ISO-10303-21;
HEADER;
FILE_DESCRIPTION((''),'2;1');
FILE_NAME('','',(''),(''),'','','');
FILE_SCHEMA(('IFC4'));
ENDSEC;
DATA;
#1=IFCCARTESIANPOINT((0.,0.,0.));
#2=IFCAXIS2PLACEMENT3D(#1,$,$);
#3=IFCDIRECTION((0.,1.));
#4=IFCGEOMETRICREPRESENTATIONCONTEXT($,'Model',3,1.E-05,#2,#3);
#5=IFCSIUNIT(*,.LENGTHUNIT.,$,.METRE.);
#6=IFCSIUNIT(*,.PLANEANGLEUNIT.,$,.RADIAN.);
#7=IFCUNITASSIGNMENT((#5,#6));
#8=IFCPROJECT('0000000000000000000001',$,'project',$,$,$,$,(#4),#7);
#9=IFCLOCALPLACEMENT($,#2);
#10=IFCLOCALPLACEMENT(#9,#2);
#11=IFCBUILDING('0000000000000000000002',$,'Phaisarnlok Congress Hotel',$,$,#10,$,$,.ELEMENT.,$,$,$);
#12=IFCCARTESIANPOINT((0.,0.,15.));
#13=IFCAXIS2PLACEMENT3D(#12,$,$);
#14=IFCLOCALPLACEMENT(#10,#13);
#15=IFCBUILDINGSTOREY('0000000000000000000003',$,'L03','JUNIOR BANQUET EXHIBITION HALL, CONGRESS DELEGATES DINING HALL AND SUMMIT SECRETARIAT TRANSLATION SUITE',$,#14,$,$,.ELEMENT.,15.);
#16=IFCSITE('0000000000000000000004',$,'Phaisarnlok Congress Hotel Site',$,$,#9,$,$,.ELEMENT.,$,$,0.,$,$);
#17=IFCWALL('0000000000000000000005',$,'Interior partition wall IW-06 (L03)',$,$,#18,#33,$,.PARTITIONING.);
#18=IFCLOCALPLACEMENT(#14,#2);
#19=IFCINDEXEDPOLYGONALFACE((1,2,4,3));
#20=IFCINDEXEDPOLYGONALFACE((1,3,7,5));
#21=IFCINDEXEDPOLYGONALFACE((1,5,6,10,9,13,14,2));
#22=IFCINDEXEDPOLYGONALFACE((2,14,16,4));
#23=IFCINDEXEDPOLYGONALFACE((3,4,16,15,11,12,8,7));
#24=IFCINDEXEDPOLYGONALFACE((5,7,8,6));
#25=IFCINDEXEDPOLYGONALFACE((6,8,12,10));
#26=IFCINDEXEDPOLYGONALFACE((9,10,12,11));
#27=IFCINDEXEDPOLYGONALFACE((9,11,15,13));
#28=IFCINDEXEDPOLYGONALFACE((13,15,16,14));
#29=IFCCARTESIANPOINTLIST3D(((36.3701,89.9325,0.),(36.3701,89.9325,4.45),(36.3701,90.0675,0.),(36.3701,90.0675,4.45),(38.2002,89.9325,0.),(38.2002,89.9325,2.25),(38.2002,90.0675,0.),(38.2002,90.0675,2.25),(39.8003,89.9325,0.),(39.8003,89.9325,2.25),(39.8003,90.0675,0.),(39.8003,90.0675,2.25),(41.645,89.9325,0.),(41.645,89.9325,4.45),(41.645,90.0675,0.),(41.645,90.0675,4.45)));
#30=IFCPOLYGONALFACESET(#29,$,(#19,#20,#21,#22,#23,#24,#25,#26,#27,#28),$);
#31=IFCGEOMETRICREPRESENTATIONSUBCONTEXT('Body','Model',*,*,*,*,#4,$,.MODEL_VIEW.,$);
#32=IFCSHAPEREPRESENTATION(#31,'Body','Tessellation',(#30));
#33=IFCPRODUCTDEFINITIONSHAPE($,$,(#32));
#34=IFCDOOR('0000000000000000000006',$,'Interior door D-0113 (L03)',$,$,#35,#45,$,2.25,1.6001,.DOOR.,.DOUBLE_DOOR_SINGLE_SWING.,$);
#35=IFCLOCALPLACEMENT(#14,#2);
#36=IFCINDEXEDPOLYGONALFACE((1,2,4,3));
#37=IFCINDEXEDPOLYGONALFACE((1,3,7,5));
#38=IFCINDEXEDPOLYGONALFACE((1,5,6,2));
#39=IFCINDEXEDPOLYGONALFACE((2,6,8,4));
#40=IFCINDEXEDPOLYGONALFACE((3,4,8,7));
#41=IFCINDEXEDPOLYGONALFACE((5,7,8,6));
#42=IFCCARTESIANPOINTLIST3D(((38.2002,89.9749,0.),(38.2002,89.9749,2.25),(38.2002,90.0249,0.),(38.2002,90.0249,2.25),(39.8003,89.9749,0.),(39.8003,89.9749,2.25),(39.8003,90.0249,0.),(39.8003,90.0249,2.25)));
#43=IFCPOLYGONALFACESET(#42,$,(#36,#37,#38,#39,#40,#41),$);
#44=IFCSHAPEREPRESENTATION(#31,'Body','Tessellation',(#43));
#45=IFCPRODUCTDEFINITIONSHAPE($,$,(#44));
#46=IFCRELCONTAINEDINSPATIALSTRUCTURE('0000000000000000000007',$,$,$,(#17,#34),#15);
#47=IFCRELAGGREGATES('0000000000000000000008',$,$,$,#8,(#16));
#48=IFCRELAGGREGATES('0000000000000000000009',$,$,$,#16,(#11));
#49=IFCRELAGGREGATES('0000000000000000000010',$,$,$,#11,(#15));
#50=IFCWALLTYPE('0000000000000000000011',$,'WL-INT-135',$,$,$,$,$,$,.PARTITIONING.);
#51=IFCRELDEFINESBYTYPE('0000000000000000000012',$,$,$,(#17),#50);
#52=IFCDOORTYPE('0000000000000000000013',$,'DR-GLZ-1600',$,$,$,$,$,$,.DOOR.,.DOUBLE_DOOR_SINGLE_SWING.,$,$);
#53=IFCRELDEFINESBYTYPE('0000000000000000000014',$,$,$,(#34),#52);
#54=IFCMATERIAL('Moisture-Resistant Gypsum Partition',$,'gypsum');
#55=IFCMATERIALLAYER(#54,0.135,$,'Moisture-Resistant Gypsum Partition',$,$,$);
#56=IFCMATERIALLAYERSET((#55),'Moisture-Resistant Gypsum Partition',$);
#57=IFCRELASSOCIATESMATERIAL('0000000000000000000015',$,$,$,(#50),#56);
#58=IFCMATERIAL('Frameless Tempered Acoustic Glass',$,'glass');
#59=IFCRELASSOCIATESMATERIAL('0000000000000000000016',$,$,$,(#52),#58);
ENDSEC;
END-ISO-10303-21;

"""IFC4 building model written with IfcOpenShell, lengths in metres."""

from ifc_helpers import new_model, si_unit, direction, frame, frame_2d, origin, place, context, subcontext, project, spatial, rectangle, extrude, material, layer, layer_set, type_object, element, fill, save


model = new_model("IFC4")

# Units and contexts
model_context = context("Model", 3, precision=1e-05, world=origin(), true_north=direction((0.0, 1.0)))
body_context = subcontext(model_context, "Body", "Model", "MODEL_VIEW")
ifc_project = project(units=[si_unit("LENGTHUNIT", "METRE"), si_unit("PLANEANGLEUNIT", "RADIAN")], contexts=[model_context])

# Site, building, storey
site_placement = place(None, origin())
site = spatial("IfcSite", under=ifc_project, at=site_placement, Name="Phaisarnlok Congress Hotel Site", CompositionType="ELEMENT", RefElevation=0.0)
building_placement = place(site_placement, origin())
building = spatial("IfcBuilding", under=site, at=building_placement, Name="Phaisarnlok Congress Hotel", CompositionType="ELEMENT")
storey_placement = place(building_placement, frame((0.0, 0.0, 15.0)))
storey = spatial("IfcBuildingStorey", under=building, at=storey_placement, Name="L03", Description="JUNIOR BANQUET EXHIBITION HALL, CONGRESS DELEGATES DINING HALL AND SUMMIT SECRETARIAT TRANSLATION SUITE", CompositionType="ELEMENT", Elevation=15.0)

# Shared definitions
ifc_material_1 = material(Name="Moisture-Resistant Gypsum Partition", Category="gypsum")
ifc_layer_1 = layer(ifc_material_1, 0.135, Name="Moisture-Resistant Gypsum Partition")
ifc_layer_set_1 = layer_set([ifc_layer_1], Name="Moisture-Resistant Gypsum Partition")
wall_type_1 = type_object("IfcWallType", Name="WL-INT-135", PredefinedType="PARTITIONING", material=ifc_layer_set_1)

# Wall, opening, door
wall_1_placement = place(storey_placement, frame((36.3701, 90.0, 0.0), z_axis=(0.0, 0.0, 1.0), x_axis=(1.0, 0.0, 0.0)))
wall_1 = element("IfcWall", 1, at=wall_1_placement, inside=storey, type_object=wall_type_1, Name="Interior partition wall IW-06 (L03)", PredefinedType="PARTITIONING", context=body_context, shape_type="SweptSolid", body=[
    extrude(rectangle(XDim=5.2749, YDim=0.135, at=frame_2d((2.6375, 0.0))), origin(), (0.0, 0.0, 1.0), 4.45),
])
opening_1_placement = place(wall_1_placement, frame((1.8301, 0.0, 0.0)))
opening_1 = element("IfcOpeningElement", 2, at=opening_1_placement, cuts=wall_1, PredefinedType="OPENING", context=body_context, shape_type="SweptSolid", body=[
    extrude(rectangle(XDim=1.6001, YDim=2.25, at=frame_2d((0.8, 1.125))), frame((0.0, 0.0776, 0.0), z_axis=(0.0, -1.0, 0.0), x_axis=(1.0, 0.0, 0.0)), (0.0, 0.0, 1.0), 0.155),
])
ifc_material_2 = material(Name="Frameless Tempered Acoustic Glass", Category="glass")
door_type = type_object("IfcDoorType", Name="DR-GLZ-1600", OperationType="DOUBLE_DOOR_SINGLE_SWING", PredefinedType="DOOR", material=ifc_material_2)
door_placement = place(opening_1_placement, origin())
door = element("IfcDoor", 3, at=door_placement, inside=storey, type_object=door_type, Name="Interior door D-0113 (L03)", OperationType="DOUBLE_DOOR_SINGLE_SWING", OverallHeight=2.25, OverallWidth=1.6001, PredefinedType="DOOR", context=body_context, shape_type="SweptSolid", body=[
    extrude(rectangle(XDim=1.6001, YDim=2.25, at=frame_2d((0.8, 1.125))), frame((0.0, 0.0249, 0.0), z_axis=(0.0, -1.0, 0.0), x_axis=(1.0, 0.0, 0.0)), (0.0, 0.0, 1.0), 0.05),
])
fill(opening_1, door)

save(model, "model.ifc")
